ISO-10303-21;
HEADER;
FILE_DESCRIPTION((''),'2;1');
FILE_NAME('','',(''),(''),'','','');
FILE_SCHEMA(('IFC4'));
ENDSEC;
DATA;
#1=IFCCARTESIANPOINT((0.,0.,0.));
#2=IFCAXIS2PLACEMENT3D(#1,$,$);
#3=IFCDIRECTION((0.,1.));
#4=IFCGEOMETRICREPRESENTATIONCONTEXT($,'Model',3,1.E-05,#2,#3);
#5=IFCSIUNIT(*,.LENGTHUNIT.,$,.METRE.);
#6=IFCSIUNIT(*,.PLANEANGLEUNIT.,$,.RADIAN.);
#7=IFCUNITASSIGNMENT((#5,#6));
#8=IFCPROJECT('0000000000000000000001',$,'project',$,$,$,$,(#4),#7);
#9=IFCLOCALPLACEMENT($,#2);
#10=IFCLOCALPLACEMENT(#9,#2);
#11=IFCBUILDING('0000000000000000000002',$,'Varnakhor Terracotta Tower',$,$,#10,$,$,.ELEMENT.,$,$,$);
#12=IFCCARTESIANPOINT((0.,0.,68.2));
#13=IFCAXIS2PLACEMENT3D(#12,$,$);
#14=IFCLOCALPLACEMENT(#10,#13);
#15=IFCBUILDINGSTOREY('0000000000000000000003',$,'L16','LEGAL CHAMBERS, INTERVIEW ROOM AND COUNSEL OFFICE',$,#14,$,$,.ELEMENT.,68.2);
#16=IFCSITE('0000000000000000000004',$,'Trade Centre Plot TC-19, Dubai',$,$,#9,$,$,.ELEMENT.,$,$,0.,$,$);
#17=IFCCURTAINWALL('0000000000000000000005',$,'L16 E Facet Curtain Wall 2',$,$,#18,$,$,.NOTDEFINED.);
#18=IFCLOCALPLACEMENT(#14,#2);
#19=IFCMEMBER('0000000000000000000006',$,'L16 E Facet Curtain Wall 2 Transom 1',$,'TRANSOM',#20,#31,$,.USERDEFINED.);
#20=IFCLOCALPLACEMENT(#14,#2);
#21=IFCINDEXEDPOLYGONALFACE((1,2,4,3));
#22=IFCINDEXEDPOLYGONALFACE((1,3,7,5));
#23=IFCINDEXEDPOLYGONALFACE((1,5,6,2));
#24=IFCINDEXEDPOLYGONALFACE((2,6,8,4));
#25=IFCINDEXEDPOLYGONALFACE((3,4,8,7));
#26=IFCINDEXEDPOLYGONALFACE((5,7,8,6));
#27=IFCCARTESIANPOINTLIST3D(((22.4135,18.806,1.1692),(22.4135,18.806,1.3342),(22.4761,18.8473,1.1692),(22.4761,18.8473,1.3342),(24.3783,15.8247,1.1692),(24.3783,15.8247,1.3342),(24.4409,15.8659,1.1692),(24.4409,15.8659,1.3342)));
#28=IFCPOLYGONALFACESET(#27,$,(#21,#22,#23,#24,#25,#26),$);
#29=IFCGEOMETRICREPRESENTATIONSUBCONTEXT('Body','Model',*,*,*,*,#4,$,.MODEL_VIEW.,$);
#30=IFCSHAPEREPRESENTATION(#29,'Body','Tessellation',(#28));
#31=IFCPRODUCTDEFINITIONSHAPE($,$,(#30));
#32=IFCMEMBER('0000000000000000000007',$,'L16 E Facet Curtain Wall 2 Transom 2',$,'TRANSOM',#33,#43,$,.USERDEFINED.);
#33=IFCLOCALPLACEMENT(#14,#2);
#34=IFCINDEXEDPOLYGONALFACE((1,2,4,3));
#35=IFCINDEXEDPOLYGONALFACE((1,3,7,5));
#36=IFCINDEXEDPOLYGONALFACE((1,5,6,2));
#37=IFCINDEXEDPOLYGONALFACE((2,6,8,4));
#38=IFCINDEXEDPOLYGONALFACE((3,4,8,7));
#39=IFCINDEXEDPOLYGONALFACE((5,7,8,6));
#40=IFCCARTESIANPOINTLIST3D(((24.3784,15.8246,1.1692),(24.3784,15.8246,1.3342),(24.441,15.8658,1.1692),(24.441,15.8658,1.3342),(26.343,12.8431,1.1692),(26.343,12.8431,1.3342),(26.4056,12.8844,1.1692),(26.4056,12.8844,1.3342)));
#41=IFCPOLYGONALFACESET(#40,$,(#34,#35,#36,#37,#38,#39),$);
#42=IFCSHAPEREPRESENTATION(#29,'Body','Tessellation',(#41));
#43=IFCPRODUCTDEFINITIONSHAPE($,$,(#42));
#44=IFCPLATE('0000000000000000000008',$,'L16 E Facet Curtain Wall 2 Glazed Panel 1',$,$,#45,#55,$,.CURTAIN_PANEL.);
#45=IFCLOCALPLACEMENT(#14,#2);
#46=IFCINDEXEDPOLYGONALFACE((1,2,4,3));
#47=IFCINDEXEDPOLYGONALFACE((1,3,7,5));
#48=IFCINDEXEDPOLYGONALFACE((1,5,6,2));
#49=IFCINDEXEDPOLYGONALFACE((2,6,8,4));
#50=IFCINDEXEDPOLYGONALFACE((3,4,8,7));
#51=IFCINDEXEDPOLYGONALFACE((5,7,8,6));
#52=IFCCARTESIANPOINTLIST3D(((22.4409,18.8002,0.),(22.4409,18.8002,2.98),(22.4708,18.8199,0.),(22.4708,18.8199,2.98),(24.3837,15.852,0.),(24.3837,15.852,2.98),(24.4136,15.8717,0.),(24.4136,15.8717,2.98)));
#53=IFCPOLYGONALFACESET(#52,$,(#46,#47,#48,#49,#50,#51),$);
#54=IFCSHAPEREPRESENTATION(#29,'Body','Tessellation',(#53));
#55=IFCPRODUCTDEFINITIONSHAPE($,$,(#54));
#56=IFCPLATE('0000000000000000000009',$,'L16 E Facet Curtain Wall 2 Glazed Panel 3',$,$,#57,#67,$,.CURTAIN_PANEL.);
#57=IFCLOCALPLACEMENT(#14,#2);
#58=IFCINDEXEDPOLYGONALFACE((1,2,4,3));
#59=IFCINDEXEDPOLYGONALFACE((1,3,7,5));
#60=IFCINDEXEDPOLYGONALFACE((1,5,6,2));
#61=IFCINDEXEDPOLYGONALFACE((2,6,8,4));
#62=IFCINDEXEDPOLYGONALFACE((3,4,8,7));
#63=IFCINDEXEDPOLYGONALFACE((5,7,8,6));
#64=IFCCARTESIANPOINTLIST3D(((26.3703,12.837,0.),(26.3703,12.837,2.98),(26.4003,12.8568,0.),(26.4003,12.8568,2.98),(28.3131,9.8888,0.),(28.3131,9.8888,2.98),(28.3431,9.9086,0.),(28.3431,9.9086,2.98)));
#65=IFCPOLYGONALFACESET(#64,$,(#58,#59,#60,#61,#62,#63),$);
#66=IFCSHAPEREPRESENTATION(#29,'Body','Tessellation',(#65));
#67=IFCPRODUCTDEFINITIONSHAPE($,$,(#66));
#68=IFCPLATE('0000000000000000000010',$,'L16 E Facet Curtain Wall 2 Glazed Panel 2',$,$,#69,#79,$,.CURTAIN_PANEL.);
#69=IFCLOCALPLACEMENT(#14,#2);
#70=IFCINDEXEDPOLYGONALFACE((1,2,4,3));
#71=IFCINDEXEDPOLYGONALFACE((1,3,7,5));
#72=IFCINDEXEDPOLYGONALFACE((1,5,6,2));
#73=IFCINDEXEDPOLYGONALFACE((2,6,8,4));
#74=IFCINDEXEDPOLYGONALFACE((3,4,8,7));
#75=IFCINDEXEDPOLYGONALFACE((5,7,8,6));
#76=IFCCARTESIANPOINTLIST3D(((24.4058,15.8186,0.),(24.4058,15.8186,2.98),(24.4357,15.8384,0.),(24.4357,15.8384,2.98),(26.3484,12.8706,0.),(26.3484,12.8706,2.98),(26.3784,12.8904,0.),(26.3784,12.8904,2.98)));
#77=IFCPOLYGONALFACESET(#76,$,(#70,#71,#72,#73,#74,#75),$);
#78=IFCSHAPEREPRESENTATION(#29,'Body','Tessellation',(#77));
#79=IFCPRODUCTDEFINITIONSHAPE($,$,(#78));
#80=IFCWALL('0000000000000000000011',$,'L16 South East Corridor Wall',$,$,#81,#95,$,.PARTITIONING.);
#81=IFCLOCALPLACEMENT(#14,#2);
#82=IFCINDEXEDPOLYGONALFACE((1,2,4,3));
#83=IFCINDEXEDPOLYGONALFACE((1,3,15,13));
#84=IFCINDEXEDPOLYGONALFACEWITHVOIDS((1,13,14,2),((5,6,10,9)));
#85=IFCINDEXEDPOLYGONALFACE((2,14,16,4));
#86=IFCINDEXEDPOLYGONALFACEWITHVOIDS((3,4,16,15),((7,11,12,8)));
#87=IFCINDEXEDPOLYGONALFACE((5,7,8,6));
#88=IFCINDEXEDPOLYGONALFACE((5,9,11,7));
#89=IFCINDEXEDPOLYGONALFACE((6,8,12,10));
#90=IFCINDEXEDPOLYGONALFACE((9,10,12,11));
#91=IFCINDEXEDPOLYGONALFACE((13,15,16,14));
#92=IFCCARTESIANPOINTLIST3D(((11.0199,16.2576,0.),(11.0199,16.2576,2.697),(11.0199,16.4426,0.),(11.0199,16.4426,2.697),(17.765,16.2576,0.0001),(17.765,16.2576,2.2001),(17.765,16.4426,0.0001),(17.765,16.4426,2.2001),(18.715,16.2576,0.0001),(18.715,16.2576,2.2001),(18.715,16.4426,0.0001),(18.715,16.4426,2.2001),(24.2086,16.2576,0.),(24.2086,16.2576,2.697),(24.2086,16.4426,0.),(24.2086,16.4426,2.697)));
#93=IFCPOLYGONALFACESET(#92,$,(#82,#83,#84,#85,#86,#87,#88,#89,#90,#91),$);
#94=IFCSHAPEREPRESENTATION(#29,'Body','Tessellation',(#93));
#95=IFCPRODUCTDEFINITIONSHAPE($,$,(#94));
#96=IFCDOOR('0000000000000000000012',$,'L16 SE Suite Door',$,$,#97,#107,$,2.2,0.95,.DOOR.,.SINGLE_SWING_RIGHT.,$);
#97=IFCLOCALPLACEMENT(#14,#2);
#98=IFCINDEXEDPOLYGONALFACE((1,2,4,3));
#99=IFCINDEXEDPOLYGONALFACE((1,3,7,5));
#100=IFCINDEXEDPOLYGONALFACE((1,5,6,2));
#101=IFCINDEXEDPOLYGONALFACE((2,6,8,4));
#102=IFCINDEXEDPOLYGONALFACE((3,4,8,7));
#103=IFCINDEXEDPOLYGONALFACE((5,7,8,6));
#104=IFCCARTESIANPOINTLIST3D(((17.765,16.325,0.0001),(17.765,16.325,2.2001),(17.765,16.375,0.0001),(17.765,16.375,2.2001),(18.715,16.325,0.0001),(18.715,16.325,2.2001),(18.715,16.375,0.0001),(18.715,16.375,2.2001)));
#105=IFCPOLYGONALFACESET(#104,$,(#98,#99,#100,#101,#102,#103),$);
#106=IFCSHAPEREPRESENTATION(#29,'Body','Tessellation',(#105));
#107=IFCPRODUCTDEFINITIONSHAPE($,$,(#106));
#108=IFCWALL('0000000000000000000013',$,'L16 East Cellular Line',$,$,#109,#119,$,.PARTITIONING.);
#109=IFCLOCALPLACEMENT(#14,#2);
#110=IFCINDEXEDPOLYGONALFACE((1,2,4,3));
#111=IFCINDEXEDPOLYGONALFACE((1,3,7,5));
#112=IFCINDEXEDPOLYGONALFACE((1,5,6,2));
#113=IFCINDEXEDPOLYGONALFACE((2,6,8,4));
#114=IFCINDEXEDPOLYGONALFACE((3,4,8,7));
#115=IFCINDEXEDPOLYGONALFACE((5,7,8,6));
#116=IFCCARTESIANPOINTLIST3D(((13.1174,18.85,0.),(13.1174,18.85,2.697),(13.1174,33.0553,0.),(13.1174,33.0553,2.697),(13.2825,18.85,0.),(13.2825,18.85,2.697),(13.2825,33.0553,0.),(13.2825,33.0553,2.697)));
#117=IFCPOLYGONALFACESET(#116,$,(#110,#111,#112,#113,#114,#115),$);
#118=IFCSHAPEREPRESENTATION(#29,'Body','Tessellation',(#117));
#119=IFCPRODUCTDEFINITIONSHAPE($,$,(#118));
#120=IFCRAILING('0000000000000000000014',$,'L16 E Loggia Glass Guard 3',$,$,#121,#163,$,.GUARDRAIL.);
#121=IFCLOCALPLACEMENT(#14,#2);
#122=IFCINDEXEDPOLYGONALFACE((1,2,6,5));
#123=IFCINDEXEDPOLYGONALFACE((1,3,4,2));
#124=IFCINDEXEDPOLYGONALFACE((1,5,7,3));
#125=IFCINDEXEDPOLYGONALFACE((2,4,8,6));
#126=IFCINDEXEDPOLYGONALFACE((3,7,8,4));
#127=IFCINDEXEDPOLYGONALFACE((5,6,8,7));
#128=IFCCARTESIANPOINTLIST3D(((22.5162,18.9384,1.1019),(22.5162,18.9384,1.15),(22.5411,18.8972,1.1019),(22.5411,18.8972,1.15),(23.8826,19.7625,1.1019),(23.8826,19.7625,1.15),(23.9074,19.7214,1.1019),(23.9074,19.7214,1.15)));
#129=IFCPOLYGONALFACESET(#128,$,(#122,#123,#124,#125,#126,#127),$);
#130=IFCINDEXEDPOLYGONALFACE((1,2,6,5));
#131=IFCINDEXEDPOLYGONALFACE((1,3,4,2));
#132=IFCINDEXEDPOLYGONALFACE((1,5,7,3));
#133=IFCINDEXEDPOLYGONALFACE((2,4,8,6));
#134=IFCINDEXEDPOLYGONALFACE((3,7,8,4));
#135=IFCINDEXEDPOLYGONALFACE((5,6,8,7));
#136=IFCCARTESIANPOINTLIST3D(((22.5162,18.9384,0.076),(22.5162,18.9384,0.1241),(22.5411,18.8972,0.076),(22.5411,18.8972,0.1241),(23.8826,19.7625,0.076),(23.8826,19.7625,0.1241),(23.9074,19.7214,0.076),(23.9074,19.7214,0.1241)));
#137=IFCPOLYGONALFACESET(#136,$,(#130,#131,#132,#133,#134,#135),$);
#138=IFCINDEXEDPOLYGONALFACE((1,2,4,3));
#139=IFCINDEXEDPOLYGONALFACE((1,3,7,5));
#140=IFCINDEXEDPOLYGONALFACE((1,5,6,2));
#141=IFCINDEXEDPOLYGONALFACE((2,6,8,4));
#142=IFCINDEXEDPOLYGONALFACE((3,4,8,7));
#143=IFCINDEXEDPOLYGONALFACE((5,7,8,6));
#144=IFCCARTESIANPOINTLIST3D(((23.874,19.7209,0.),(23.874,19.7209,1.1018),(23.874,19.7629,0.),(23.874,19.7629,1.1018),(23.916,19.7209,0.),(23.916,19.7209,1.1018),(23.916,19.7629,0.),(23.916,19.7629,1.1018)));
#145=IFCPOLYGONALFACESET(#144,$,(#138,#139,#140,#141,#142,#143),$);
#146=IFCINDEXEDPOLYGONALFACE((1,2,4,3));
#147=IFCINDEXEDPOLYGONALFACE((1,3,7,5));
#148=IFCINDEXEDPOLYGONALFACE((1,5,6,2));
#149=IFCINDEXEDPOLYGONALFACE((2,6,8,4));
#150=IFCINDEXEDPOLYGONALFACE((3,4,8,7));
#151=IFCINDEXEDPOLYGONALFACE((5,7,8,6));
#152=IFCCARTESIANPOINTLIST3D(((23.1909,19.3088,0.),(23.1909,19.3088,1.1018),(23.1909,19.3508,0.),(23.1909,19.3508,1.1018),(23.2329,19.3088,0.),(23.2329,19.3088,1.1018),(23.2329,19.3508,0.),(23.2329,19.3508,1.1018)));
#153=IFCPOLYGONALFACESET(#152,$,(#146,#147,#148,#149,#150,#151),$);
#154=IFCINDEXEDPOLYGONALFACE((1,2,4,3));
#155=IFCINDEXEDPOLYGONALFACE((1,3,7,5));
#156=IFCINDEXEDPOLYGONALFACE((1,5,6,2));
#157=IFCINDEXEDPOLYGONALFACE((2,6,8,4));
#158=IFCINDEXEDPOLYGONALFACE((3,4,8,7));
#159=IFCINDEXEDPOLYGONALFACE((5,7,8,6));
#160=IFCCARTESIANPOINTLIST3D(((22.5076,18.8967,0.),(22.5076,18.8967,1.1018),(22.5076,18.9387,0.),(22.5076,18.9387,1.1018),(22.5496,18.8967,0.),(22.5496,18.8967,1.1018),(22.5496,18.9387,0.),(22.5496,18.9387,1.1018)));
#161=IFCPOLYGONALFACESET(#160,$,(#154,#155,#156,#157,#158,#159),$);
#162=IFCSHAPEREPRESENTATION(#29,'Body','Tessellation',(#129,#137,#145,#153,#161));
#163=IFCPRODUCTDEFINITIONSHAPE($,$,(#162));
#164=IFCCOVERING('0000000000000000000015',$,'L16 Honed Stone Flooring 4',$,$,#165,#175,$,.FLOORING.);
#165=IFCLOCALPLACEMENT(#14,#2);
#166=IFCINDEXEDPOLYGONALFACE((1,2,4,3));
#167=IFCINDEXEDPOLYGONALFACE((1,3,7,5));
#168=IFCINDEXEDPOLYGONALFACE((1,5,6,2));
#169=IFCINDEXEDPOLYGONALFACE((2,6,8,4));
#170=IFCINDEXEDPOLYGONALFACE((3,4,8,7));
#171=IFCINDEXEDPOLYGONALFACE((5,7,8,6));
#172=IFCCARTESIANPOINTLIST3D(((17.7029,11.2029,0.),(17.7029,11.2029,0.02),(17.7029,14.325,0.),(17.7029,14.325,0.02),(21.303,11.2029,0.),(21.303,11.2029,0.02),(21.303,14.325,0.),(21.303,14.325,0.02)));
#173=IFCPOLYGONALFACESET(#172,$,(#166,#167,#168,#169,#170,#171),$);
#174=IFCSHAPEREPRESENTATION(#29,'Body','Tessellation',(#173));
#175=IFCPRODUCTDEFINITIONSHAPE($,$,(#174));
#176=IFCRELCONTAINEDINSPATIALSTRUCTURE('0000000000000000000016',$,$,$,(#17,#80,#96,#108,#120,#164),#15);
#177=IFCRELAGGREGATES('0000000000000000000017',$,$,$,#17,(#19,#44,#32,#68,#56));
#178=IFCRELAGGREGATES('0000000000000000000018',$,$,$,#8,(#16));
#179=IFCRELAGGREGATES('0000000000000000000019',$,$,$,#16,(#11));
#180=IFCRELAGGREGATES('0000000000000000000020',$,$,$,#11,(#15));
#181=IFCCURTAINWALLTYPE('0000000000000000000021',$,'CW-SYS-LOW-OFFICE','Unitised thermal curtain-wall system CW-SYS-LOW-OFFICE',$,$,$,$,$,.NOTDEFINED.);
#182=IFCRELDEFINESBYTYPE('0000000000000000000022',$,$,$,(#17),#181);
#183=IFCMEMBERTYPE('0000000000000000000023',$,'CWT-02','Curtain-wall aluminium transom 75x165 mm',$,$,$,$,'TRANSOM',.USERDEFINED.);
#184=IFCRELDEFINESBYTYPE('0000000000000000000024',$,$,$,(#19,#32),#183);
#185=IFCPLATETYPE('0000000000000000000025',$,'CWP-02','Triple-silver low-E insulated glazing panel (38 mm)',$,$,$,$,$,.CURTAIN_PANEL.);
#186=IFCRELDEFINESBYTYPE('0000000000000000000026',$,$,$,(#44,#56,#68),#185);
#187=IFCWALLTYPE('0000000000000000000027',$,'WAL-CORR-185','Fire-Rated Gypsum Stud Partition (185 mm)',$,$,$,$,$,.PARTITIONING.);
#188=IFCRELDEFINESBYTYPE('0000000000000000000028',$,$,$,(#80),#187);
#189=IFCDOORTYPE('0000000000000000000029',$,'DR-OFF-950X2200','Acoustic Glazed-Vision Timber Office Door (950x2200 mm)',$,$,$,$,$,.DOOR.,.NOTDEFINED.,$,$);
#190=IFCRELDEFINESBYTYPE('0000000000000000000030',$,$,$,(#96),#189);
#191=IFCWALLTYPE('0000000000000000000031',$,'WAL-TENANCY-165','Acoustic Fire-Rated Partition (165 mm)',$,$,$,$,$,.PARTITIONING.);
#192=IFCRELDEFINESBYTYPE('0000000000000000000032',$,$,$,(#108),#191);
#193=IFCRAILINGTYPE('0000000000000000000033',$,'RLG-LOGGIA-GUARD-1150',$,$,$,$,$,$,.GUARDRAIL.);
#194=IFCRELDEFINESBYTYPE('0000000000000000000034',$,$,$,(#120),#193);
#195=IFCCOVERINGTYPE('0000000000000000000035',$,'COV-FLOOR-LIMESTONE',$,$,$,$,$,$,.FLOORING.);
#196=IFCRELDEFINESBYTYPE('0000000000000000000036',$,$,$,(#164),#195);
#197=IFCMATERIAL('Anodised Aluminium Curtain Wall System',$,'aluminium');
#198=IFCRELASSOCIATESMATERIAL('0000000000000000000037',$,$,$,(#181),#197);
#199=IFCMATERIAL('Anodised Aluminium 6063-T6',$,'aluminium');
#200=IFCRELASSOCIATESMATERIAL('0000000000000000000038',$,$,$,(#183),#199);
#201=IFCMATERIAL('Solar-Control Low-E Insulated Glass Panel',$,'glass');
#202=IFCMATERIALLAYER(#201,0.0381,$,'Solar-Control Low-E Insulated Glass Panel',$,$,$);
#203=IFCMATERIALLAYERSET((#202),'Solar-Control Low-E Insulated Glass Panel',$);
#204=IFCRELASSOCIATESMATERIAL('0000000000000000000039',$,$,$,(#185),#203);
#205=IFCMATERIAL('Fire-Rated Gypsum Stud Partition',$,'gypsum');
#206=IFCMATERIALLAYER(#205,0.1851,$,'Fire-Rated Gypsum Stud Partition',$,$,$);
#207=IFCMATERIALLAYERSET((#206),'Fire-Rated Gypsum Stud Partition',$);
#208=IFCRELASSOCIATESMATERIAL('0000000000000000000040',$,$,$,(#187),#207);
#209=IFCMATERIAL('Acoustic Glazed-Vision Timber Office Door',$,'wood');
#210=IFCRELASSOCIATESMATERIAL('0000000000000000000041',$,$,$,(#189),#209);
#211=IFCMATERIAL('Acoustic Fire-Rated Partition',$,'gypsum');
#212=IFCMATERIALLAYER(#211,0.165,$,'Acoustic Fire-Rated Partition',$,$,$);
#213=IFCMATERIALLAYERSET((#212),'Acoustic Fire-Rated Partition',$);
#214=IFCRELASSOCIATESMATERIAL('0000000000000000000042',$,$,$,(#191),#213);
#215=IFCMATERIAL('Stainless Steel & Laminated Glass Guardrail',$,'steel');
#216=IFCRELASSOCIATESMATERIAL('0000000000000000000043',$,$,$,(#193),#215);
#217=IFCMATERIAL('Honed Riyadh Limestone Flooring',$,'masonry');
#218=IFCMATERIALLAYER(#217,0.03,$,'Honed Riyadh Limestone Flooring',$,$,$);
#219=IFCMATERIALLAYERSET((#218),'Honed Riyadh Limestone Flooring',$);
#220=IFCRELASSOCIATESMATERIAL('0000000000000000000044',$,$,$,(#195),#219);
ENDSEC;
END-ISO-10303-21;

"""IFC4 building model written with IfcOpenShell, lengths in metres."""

from ifc_helpers import new_model, si_unit, direction, frame, frame_2d, origin, origin_2d, place, context, subcontext, project, spatial, rectangle, extrude, source, transform, mapped, material, layer, layer_set, material_profile, profile_set, type_object, type_shapes, element, fill, aggregate, save


model = new_model("IFC4")

# Units and contexts
model_context = context("Model", 3, precision=1e-05, world=origin(), true_north=direction((0.0, 1.0)))
body_context = subcontext(model_context, "Body", "Model", "MODEL_VIEW")
ifc_project = project(units=[si_unit("LENGTHUNIT", "METRE"), si_unit("PLANEANGLEUNIT", "RADIAN")], contexts=[model_context])

# Site, building, storey
site_placement = place(None, origin())
site = spatial("IfcSite", under=ifc_project, at=site_placement, Name="Trade Centre Plot TC-19, Dubai", CompositionType="ELEMENT", RefElevation=0.0)
building_placement = place(site_placement, origin())
building = spatial("IfcBuilding", under=site, at=building_placement, Name="Varnakhor Terracotta Tower", CompositionType="ELEMENT")
storey_placement = place(building_placement, frame((0.0, 0.0, 68.2)))
storey = spatial("IfcBuildingStorey", under=building, at=storey_placement, Name="L16", Description="LEGAL CHAMBERS, INTERVIEW ROOM AND COUNSEL OFFICE", CompositionType="ELEMENT", Elevation=68.2)

# Curtain wall, members, plates
ifc_material_1 = material(Name="Anodised Aluminium Curtain Wall System", Category="aluminium")
curtain_wall_type = type_object("IfcCurtainWallType", Name="CW-SYS-LOW-OFFICE", Description="Unitised thermal curtain-wall system CW-SYS-LOW-OFFICE", PredefinedType="NOTDEFINED", material=ifc_material_1)
curtain_wall_placement = place(storey_placement, origin())
curtain_wall = element("IfcCurtainWall", 1, at=curtain_wall_placement, inside=storey, type_object=curtain_wall_type, Name="L16 E Facet Curtain Wall 2", PredefinedType="NOTDEFINED")
ifc_material_2 = material(Name="Anodised Aluminium 6063-T6", Category="aluminium")
ifc_material_profile_1 = material_profile(ifc_material_2, rectangle(XDim=0.075, YDim=0.165, at=origin_2d()), Name="ALU TRANSOM 75x165")
ifc_profile_set_1 = profile_set([ifc_material_profile_1], Name="Anodised Aluminium 6063-T6")
member_type_1 = type_object("IfcMemberType", Name="CWT-02", Description="Curtain-wall aluminium transom 75x165 mm", ElementType="TRANSOM", PredefinedType="USERDEFINED", material=ifc_profile_set_1)
shared_shape_1 = source(origin(), body_context, "Body", "SweptSolid", [
    extrude(rectangle(XDim=0.075, YDim=0.165, at=origin_2d()), origin(), (0.0, 0.0, 1.0), 3.5706),
])
member_1_placement = place(storey_placement, frame((22.4448, 18.8267, 1.2517), z_axis=(0.550274, -0.834984, 0.0), x_axis=(0.834984, 0.550274, 0.0)))
member_1 = element("IfcMember", 2, at=member_1_placement, type_object=member_type_1, Name="L16 E Facet Curtain Wall 2 Transom 1", ObjectType="TRANSOM", PredefinedType="USERDEFINED", context=body_context, shape_type="MappedRepresentation", body=[
    mapped(shared_shape_1, transform((0.0, 0.0, 0.0), scale=1.0)),
])
member_2_placement = place(storey_placement, frame((24.4097, 15.8452, 1.2517), z_axis=(0.550227, -0.835015, 0.0), x_axis=(0.835015, 0.550227, 0.0)))
member_2 = element("IfcMember", 3, at=member_2_placement, type_object=member_type_1, Name="L16 E Facet Curtain Wall 2 Transom 2", ObjectType="TRANSOM", PredefinedType="USERDEFINED", context=body_context, shape_type="MappedRepresentation", body=[
    mapped(shared_shape_1, transform((0.0, 0.0, 0.0), scale=1.0)),
])
ifc_material_3 = material(Name="Solar-Control Low-E Insulated Glass Panel", Category="glass")
ifc_layer_1 = layer(ifc_material_3, 0.0381, Name="Solar-Control Low-E Insulated Glass Panel")
ifc_layer_set_1 = layer_set([ifc_layer_1], Name="Solar-Control Low-E Insulated Glass Panel")
plate_type = type_object("IfcPlateType", Name="CWP-02", Description="Triple-silver low-E insulated glazing panel (38 mm)", PredefinedType="CURTAIN_PANEL", material=ifc_layer_set_1)
shared_shape_2 = source(origin(), body_context, "Body", "SweptSolid", [
    extrude(rectangle(XDim=3.5308, YDim=0.0359, at=origin_2d()), origin(), (0.0, 0.0, 1.0), 2.98),
])
plate_1_placement = place(storey_placement, frame((23.4272, 17.3359, 0.0), z_axis=(0.0, 0.0, 1.0), x_axis=(0.550248, -0.835002, 0.0)))
plate_1 = element("IfcPlate", 4, at=plate_1_placement, type_object=plate_type, Name="L16 E Facet Curtain Wall 2 Glazed Panel 1", PredefinedType="CURTAIN_PANEL", context=body_context, shape_type="MappedRepresentation", body=[
    mapped(shared_shape_2, transform((0.0, 0.0, 0.0), scale=1.0)),
])
plate_2_placement = place(storey_placement, frame((27.3567, 11.3728, 0.0), z_axis=(0.0, 0.0, 1.0), x_axis=(0.550248, -0.835002, 0.0)))
plate_2 = element("IfcPlate", 5, at=plate_2_placement, type_object=plate_type, Name="L16 E Facet Curtain Wall 2 Glazed Panel 3", PredefinedType="CURTAIN_PANEL", context=body_context, shape_type="MappedRepresentation", body=[
    mapped(shared_shape_2, transform((0.0, 0.0, 0.0), scale=1.0)),
])
shared_shape_3 = source(origin(), body_context, "Body", "SweptSolid", [
    extrude(rectangle(XDim=3.5305, YDim=0.0359, at=origin_2d()), origin(), (0.0, 0.0, 1.0), 2.98),
])
plate_3_placement = place(storey_placement, frame((25.3921, 14.3545, 0.0), z_axis=(0.0, 0.0, 1.0), x_axis=(0.550248, -0.835002, 0.0)))
plate_3 = element("IfcPlate", 6, at=plate_3_placement, type_object=plate_type, Name="L16 E Facet Curtain Wall 2 Glazed Panel 2", PredefinedType="CURTAIN_PANEL", context=body_context, shape_type="MappedRepresentation", body=[
    mapped(shared_shape_3, transform((0.0, 0.0, 0.0), scale=1.0)),
])
aggregate(curtain_wall, [member_1, plate_1, member_2, plate_3, plate_2])

# Wall, opening, door
ifc_material_4 = material(Name="Fire-Rated Gypsum Stud Partition", Category="gypsum")
ifc_layer_2 = layer(ifc_material_4, 0.1851, Name="Fire-Rated Gypsum Stud Partition")
ifc_layer_set_2 = layer_set([ifc_layer_2], Name="Fire-Rated Gypsum Stud Partition")
wall_type_1 = type_object("IfcWallType", Name="WAL-CORR-185", Description="Fire-Rated Gypsum Stud Partition (185 mm)", PredefinedType="PARTITIONING", material=ifc_layer_set_2)
wall_1_placement = place(storey_placement, frame((11.02, 16.3501, 0.0), z_axis=(0.0, 0.0, 1.0), x_axis=(1.0, 0.0, 0.0)))
wall_1 = element("IfcWall", 7, at=wall_1_placement, inside=storey, type_object=wall_type_1, Name="L16 South East Corridor Wall", PredefinedType="PARTITIONING", context=body_context, shape_type="SweptSolid", body=[
    extrude(rectangle(XDim=13.1887, YDim=0.1851, at=frame_2d((6.5942, 0.0))), origin(), (0.0, 0.0, 1.0), 2.697),
])
opening_placement = place(wall_1_placement, frame((6.7449, 0.0, 0.0)))
opening = element("IfcOpeningElement", 8, at=opening_placement, cuts=wall_1, PredefinedType="OPENING", context=body_context, shape_type="SweptSolid", body=[
    extrude(rectangle(XDim=0.95, YDim=2.2, at=frame_2d((0.4751, 1.1001))), frame((0.0, 0.1025, 0.0), z_axis=(0.0, -1.0, 0.0), x_axis=(1.0, 0.0, 0.0)), (0.0, 0.0, 1.0), 0.2051),
])
ifc_material_5 = material(Name="Acoustic Glazed-Vision Timber Office Door", Category="wood")
door_type = type_object("IfcDoorType", Name="DR-OFF-950X2200", Description="Acoustic Glazed-Vision Timber Office Door (950x2200 mm)", OperationType="NOTDEFINED", PredefinedType="DOOR", material=ifc_material_5)
shared_shape_4 = source(origin(), body_context, "Body", "SweptSolid", [
    extrude(rectangle(XDim=0.95, YDim=2.2, at=frame_2d((0.4751, 1.1001))), frame((0.0, 0.0249, 0.0), z_axis=(0.0, -1.0, 0.0), x_axis=(1.0, 0.0, 0.0)), (0.0, 0.0, 1.0), 0.05),
])
type_shapes(door_type, [shared_shape_4])
door_placement = place(opening_placement, origin())
door = element("IfcDoor", 9, at=door_placement, inside=storey, type_object=door_type, Name="L16 SE Suite Door", OperationType="SINGLE_SWING_RIGHT", OverallHeight=2.2, OverallWidth=0.95, PredefinedType="DOOR", context=body_context, shape_type="MappedRepresentation", body=[
    mapped(shared_shape_4, transform((0.0, 0.0, 0.0), scale=1.0)),
])
fill(opening, door)

# Wall
ifc_material_6 = material(Name="Acoustic Fire-Rated Partition", Category="gypsum")
ifc_layer_3 = layer(ifc_material_6, 0.165, Name="Acoustic Fire-Rated Partition")
ifc_layer_set_3 = layer_set([ifc_layer_3], Name="Acoustic Fire-Rated Partition")
wall_type_2 = type_object("IfcWallType", Name="WAL-TENANCY-165", Description="Acoustic Fire-Rated Partition (165 mm)", PredefinedType="PARTITIONING", material=ifc_layer_set_3)
wall_2_placement = place(storey_placement, frame((13.2, 18.8501, 0.0), z_axis=(0.0, 0.0, 1.0), x_axis=(0.0, 1.0, 0.0)))
element("IfcWall", 10, at=wall_2_placement, inside=storey, type_object=wall_type_2, Name="L16 East Cellular Line", PredefinedType="PARTITIONING", context=body_context, shape_type="SweptSolid", body=[
    extrude(rectangle(XDim=14.2053, YDim=0.165, at=frame_2d((7.1025, 0.0))), origin(), (0.0, 0.0, 1.0), 2.697),
])

# Railing
ifc_material_7 = material(Name="Stainless Steel & Laminated Glass Guardrail", Category="steel")
railing_type = type_object("IfcRailingType", Name="RLG-LOGGIA-GUARD-1150", PredefinedType="GUARDRAIL", material=ifc_material_7)
railing_placement = place(storey_placement, frame((23.895, 19.7419, 0.0)))
element("IfcRailing", 11, at=railing_placement, inside=storey, type_object=railing_type, Name="L16 E Loggia Glass Guard 3", PredefinedType="GUARDRAIL", context=body_context, shape_type="SweptSolid", body=[
    extrude(rectangle(XDim=0.0481, YDim=0.0481, at=origin_2d()), frame((0.0, 0.0, 1.126), z_axis=(-0.856289, -0.516497, 0.0), x_axis=(0.516497, -0.856289, 0.0)), (0.0, 0.0, 1.0), 1.5957),
    extrude(rectangle(XDim=0.0481, YDim=0.0481, at=origin_2d()), frame((0.0, 0.0, 0.1001), z_axis=(-0.856289, -0.516497, 0.0), x_axis=(0.516497, -0.856289, 0.0)), (0.0, 0.0, 1.0), 1.5957),
    extrude(rectangle(XDim=0.042, YDim=0.042, at=origin_2d()), origin(), (0.0, 0.0, 1.0), 1.1018),
    extrude(rectangle(XDim=0.042, YDim=0.042, at=origin_2d()), frame((-0.6831, -0.4121, 0.0)), (0.0, 0.0, 1.0), 1.1018),
    extrude(rectangle(XDim=0.042, YDim=0.042, at=origin_2d()), frame((-1.3665, -0.8242, 0.0)), (0.0, 0.0, 1.0), 1.1018),
])

# Covering
ifc_material_8 = material(Name="Honed Riyadh Limestone Flooring", Category="masonry")
ifc_layer_4 = layer(ifc_material_8, 0.03, Name="Honed Riyadh Limestone Flooring")
ifc_layer_set_4 = layer_set([ifc_layer_4], Name="Honed Riyadh Limestone Flooring")
covering_type = type_object("IfcCoveringType", Name="COV-FLOOR-LIMESTONE", PredefinedType="FLOORING", material=ifc_layer_set_4)
shared_shape_5 = source(origin(), body_context, "Body", "SweptSolid", [
    extrude(rectangle(XDim=3.6001, YDim=3.1221, at=origin_2d()), origin(), (0.0, 0.0, 1.0), 0.02),
])
covering_placement = place(storey_placement, frame((19.5029, 12.7639, 0.0), z_axis=(0.0, 0.0, 1.0), x_axis=(1.0, 0.0, 0.0)))
element("IfcCovering", 12, at=covering_placement, inside=storey, type_object=covering_type, Name="L16 Honed Stone Flooring 4", PredefinedType="FLOORING", context=body_context, shape_type="MappedRepresentation", body=[
    mapped(shared_shape_5, transform((0.0, 0.0, 0.0), scale=1.0)),
])

save(model, "model.ifc")
